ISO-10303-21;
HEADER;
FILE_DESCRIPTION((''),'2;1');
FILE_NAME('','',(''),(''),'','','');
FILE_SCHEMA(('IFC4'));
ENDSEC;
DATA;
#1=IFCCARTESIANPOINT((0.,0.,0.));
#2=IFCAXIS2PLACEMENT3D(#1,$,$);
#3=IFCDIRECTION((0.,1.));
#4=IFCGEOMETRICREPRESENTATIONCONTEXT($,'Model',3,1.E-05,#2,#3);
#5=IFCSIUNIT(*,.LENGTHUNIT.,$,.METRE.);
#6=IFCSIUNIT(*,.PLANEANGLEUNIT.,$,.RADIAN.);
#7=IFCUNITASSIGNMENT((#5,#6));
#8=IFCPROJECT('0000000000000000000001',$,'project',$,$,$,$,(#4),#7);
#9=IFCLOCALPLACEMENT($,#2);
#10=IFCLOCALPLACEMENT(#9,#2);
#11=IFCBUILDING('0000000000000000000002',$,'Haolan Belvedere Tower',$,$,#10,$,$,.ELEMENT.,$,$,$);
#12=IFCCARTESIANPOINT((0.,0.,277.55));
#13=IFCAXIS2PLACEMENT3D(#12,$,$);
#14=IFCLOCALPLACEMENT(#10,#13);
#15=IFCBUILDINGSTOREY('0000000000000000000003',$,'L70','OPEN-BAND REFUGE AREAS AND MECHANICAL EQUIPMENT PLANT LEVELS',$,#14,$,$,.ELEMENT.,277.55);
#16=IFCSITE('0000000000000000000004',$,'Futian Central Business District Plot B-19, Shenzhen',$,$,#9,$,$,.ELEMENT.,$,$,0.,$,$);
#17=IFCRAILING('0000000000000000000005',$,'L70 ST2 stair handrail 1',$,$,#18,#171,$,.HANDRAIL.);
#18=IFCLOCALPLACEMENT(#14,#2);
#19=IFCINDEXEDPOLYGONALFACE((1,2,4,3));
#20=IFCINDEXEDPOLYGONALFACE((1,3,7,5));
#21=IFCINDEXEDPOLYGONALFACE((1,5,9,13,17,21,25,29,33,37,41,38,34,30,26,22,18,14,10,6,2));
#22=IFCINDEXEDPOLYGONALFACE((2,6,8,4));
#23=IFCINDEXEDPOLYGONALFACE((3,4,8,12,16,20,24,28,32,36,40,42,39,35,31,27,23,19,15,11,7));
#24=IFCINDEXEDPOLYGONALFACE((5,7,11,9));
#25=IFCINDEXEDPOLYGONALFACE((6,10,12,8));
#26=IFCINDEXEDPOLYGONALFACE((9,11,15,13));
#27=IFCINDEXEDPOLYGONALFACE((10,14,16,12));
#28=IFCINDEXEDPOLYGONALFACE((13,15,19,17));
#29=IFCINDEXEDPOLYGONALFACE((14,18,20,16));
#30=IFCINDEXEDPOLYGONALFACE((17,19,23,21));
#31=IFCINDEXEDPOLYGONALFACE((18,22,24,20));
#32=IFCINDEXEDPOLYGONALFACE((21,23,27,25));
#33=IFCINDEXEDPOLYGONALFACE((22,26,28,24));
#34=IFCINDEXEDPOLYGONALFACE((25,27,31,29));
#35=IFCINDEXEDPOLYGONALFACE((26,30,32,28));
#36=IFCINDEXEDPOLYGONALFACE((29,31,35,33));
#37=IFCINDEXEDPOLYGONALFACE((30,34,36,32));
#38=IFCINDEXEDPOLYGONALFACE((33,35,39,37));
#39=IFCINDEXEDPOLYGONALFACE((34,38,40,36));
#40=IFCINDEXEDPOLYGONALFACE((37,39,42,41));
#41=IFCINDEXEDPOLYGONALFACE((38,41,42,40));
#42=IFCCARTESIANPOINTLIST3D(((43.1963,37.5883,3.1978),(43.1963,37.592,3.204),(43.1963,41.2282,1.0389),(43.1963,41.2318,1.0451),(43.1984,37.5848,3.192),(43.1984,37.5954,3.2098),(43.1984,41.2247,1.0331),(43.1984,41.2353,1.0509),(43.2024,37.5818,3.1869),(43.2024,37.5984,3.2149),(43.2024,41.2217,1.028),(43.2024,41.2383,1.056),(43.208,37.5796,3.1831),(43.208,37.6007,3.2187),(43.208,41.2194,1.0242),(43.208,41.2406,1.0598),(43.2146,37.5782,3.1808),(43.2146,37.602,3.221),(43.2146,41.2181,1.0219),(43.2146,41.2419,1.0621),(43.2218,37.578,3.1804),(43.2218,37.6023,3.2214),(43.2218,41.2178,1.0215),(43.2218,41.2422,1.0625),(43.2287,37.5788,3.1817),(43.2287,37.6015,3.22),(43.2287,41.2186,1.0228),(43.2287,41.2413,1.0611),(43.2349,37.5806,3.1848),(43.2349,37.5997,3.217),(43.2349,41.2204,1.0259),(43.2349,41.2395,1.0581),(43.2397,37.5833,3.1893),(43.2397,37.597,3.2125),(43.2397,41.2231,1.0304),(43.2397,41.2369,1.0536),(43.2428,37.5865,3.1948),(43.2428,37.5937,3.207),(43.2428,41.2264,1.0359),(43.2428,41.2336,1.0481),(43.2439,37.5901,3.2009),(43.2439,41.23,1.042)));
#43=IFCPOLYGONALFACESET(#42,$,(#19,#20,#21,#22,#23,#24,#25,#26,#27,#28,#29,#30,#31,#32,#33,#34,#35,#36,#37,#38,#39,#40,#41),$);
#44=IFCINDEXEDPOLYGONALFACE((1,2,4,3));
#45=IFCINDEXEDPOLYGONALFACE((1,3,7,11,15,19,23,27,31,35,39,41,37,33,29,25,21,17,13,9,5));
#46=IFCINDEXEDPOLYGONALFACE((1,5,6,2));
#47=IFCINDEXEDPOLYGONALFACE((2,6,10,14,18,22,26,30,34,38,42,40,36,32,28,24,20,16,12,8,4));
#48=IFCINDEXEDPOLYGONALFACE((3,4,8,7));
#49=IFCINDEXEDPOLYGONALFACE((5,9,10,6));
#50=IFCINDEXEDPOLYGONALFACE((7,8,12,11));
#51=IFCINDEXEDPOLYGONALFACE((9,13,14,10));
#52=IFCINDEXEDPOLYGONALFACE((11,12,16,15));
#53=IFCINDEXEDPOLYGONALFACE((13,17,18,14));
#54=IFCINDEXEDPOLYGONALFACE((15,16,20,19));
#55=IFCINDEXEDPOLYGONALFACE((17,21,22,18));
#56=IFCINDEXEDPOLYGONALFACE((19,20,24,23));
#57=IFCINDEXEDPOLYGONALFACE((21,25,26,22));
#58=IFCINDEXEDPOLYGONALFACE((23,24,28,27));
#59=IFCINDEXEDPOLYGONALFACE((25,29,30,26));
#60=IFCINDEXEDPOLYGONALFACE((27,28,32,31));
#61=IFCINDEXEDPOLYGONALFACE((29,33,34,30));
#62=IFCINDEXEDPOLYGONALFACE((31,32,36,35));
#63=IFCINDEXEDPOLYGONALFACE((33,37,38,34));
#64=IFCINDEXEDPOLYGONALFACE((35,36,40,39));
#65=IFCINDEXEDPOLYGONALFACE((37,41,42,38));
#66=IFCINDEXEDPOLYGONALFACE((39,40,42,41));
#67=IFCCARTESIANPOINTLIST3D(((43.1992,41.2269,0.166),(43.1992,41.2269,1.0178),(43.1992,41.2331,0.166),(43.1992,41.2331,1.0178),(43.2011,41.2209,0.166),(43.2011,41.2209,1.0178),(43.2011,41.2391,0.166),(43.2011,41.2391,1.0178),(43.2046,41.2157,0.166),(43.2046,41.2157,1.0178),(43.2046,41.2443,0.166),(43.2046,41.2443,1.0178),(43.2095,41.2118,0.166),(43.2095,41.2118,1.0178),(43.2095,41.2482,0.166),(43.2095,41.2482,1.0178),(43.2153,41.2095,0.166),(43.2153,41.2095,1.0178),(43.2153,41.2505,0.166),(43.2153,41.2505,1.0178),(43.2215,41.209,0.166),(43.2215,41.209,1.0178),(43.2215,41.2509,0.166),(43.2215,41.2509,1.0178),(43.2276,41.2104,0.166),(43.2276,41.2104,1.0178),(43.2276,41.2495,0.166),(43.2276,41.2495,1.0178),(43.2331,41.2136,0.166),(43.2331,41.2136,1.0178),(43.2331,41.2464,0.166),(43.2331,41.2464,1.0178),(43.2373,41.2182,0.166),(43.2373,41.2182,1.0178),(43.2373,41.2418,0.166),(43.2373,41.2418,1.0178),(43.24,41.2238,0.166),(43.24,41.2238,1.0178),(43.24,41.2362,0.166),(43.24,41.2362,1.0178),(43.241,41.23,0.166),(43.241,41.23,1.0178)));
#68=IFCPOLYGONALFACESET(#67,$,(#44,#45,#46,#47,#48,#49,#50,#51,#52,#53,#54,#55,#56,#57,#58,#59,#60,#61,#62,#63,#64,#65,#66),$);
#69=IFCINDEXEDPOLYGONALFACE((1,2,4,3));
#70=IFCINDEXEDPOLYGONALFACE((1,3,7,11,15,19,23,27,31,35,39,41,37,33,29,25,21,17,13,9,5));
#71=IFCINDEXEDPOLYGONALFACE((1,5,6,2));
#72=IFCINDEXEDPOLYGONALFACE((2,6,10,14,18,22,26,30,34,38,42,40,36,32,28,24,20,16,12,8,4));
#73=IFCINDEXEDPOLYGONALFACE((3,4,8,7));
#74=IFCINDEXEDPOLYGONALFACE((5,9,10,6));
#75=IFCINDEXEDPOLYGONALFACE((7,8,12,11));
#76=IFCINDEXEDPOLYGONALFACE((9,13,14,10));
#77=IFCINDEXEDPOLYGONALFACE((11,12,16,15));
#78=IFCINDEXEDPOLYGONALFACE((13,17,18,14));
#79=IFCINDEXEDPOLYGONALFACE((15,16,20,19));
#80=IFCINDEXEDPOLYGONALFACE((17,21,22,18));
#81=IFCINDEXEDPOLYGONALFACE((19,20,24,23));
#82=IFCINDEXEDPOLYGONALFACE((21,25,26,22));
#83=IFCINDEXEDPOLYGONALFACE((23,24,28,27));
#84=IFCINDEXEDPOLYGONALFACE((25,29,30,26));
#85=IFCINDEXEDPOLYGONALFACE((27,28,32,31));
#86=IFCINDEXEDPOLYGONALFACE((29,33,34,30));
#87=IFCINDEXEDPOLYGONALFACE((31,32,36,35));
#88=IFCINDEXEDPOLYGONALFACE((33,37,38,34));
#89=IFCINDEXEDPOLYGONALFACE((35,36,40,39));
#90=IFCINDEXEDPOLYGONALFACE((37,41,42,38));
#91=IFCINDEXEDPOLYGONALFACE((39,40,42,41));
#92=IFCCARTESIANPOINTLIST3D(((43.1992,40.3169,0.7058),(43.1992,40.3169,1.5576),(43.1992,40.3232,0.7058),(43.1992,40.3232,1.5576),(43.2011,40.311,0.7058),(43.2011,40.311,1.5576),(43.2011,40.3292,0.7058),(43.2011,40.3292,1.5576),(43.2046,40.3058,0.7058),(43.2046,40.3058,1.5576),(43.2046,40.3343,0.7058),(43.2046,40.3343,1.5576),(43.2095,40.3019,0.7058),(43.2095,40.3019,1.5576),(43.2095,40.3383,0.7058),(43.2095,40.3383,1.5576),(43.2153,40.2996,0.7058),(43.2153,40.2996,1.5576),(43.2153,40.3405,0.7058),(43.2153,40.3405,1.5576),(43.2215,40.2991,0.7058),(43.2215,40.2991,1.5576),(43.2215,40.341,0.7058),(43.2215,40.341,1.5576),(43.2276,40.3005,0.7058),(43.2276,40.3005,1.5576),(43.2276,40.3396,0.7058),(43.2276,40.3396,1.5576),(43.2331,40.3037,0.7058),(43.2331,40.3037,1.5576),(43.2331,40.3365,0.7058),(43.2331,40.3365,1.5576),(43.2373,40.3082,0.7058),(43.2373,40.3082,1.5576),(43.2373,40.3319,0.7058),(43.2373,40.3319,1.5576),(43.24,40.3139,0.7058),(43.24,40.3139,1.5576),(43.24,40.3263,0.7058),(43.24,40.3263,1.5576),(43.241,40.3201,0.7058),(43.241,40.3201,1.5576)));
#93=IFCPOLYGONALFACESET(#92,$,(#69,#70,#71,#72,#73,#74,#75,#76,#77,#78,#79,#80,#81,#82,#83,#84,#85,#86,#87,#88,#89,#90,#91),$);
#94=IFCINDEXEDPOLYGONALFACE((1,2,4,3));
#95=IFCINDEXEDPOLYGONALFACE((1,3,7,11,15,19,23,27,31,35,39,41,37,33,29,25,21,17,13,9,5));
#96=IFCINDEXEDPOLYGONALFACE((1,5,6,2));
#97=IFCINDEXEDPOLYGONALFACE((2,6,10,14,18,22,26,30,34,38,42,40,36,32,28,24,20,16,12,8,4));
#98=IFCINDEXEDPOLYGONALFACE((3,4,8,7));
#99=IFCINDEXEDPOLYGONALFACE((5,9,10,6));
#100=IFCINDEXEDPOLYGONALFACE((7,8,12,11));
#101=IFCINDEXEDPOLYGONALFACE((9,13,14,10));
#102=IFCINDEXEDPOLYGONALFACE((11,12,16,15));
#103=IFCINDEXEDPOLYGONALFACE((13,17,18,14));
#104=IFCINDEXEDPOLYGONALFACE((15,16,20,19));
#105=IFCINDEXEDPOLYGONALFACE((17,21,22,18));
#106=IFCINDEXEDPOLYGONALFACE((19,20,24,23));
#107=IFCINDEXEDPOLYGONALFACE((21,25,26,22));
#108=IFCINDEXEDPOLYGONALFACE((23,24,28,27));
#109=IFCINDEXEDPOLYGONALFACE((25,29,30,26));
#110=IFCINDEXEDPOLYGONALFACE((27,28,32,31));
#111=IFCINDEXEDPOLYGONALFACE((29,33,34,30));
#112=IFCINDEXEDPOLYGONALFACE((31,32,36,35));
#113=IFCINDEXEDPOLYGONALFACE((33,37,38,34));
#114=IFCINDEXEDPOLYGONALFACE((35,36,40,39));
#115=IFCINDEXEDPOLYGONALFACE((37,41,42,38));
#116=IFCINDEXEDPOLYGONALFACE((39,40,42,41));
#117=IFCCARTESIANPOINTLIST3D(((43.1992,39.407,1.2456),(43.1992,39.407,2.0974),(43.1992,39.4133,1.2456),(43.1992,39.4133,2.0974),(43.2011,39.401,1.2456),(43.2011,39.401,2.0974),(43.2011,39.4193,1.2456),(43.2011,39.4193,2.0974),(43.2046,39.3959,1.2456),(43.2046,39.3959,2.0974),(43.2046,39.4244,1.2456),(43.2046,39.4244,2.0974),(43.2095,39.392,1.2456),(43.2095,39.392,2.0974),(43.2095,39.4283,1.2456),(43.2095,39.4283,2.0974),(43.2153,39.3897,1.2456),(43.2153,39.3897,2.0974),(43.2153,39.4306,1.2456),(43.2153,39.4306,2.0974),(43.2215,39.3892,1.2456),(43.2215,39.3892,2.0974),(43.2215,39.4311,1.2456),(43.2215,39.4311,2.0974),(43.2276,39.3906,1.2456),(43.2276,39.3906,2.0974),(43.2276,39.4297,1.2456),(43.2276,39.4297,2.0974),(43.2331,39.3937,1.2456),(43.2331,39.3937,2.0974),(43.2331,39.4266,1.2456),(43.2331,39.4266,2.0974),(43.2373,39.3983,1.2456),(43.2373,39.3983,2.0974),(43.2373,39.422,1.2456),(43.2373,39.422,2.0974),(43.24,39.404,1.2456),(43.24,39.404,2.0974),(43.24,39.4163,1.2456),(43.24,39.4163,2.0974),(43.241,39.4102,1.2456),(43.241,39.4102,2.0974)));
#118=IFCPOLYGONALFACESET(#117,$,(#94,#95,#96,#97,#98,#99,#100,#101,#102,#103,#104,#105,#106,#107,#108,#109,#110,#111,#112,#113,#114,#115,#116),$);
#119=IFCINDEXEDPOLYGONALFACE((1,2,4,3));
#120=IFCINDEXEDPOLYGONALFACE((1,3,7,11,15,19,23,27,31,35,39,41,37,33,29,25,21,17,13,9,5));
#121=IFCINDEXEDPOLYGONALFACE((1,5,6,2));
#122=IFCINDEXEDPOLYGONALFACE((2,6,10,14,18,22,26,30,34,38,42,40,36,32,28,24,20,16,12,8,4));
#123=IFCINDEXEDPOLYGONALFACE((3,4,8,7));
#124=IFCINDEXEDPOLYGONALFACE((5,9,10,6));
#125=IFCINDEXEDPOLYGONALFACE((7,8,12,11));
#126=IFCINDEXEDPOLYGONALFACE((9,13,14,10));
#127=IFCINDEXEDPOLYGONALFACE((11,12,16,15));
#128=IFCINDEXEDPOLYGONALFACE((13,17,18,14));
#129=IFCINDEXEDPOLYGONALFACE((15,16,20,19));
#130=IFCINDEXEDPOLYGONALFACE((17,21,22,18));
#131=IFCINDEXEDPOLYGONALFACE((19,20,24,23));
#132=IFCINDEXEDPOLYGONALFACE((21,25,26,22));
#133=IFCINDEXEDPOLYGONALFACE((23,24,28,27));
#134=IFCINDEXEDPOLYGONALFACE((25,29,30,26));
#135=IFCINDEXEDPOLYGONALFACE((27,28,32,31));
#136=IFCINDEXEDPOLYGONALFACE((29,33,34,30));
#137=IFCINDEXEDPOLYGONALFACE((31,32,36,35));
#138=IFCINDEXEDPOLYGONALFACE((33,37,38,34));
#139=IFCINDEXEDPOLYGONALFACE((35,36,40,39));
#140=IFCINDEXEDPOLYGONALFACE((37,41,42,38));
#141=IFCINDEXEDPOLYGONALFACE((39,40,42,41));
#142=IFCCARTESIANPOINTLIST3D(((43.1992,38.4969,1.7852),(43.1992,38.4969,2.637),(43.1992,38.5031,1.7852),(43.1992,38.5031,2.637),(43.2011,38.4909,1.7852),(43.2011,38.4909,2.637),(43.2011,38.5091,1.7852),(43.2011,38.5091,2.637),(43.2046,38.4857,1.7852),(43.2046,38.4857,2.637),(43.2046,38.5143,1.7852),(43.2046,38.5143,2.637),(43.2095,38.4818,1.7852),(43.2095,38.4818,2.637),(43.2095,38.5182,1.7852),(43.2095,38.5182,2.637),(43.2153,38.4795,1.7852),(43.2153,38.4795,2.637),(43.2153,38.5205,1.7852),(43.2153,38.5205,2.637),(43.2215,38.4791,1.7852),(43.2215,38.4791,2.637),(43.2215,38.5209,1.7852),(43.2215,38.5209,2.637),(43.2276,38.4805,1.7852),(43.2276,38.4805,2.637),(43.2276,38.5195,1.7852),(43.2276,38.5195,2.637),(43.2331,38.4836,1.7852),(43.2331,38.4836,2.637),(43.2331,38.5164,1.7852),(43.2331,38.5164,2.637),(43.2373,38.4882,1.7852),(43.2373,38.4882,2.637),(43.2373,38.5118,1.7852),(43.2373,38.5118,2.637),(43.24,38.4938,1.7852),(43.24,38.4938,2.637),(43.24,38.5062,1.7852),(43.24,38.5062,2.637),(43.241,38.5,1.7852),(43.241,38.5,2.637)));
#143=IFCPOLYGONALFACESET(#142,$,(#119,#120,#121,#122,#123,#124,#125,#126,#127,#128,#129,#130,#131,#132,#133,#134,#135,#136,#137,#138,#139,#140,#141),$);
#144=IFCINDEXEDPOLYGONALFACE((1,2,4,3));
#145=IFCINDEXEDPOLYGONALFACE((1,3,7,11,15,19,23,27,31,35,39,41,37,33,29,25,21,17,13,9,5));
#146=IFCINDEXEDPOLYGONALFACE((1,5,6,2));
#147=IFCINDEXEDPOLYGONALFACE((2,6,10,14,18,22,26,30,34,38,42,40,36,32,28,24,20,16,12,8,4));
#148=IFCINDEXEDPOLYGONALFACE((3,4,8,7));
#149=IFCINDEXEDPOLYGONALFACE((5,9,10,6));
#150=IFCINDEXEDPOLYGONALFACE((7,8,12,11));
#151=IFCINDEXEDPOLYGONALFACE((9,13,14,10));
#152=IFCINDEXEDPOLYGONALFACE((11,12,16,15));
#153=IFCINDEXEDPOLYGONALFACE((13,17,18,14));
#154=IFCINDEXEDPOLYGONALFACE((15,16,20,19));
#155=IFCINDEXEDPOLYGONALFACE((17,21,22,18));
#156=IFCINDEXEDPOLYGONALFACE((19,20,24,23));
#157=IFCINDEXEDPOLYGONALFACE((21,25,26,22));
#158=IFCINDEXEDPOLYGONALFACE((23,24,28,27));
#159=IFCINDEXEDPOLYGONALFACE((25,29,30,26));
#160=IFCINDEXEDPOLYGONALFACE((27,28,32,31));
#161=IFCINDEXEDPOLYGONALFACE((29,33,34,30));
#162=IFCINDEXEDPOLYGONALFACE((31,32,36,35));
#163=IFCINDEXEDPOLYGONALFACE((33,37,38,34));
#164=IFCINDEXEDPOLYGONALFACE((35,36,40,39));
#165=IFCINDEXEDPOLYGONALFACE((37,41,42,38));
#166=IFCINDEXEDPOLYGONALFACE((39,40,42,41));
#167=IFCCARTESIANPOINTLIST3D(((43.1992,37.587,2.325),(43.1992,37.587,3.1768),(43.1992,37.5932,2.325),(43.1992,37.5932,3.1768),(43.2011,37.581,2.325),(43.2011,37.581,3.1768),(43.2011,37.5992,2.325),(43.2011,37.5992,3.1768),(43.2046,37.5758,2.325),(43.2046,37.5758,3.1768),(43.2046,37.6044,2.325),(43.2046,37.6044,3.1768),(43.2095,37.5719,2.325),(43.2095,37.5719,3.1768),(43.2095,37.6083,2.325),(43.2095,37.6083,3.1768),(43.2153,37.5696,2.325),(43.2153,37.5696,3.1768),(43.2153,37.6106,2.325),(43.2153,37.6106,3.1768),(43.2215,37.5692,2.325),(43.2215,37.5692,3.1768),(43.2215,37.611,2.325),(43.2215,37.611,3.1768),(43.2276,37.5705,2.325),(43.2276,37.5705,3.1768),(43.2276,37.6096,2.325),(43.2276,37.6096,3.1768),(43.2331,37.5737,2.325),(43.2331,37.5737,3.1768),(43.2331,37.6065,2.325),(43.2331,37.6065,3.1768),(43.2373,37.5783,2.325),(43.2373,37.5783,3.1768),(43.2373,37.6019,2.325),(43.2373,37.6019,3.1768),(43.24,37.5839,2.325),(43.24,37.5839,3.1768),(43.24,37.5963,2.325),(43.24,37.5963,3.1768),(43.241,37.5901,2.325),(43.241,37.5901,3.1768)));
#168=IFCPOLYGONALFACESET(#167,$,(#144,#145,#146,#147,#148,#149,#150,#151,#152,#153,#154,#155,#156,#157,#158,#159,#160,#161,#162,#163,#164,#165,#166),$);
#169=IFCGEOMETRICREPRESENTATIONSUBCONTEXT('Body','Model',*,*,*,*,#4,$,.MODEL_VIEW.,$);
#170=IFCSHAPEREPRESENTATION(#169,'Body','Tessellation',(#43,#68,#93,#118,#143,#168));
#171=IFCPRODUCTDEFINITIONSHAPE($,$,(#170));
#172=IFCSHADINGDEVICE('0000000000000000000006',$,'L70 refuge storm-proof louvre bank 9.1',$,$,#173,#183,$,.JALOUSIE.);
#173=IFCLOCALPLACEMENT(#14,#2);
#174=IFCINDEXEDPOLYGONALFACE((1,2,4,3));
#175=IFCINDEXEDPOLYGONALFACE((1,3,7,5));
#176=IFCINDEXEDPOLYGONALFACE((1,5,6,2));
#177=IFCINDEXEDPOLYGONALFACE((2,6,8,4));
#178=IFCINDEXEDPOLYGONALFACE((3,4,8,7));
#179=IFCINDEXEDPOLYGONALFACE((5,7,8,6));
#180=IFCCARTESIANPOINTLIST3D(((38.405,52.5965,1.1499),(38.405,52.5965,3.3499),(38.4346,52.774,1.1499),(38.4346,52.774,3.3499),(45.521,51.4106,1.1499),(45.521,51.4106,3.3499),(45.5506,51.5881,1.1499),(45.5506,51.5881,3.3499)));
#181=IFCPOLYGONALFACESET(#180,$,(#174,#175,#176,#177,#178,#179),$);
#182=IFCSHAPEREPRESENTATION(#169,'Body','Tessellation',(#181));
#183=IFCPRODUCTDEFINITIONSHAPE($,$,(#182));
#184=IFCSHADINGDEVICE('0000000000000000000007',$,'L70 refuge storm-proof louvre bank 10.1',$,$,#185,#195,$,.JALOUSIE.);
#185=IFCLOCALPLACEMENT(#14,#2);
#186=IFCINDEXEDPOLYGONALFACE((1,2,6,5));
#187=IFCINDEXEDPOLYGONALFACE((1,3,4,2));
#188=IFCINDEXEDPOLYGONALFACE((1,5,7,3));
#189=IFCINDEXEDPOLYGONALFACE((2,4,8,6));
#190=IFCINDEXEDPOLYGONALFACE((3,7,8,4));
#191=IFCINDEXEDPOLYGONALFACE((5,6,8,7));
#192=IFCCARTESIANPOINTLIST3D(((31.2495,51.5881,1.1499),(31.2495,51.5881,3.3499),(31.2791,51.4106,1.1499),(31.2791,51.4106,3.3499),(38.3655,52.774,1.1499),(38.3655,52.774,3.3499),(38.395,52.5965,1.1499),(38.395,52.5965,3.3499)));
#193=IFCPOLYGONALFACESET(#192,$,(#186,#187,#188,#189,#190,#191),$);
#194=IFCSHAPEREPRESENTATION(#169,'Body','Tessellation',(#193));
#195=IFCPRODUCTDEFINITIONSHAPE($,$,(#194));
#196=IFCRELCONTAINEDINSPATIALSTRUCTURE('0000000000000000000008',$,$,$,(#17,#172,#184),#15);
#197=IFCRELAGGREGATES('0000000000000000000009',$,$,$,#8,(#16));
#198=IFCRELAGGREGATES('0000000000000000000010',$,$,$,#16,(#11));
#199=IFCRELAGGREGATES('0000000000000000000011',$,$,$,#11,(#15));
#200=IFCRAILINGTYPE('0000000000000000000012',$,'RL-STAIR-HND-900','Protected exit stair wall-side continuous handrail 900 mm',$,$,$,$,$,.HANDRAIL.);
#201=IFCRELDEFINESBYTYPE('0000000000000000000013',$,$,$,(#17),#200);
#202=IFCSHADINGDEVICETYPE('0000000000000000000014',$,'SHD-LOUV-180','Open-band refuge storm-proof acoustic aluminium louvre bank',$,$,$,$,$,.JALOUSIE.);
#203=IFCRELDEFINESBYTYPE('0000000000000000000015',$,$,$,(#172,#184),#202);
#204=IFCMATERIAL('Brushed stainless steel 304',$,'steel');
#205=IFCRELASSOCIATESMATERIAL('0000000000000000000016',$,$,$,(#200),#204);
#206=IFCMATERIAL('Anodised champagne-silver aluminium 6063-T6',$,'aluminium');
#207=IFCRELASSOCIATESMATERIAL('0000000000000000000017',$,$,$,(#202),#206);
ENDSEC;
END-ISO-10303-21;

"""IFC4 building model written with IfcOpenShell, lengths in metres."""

from ifc_helpers import new_model, si_unit, direction, frame, origin, origin_2d, place, context, subcontext, project, spatial, rectangle, circle, extrude, material, type_object, element, save


model = new_model("IFC4")

# Units and contexts
model_context = context("Model", 3, precision=1e-05, world=origin(), true_north=direction((0.0, 1.0)))
body_context = subcontext(model_context, "Body", "Model", "MODEL_VIEW")
ifc_project = project(units=[si_unit("LENGTHUNIT", "METRE"), si_unit("PLANEANGLEUNIT", "RADIAN")], contexts=[model_context])

# Site, building, storey
site_placement = place(None, origin())
site = spatial("IfcSite", under=ifc_project, at=site_placement, Name="Futian Central Business District Plot B-19, Shenzhen", CompositionType="ELEMENT", RefElevation=0.0)
building_placement = place(site_placement, origin())
building = spatial("IfcBuilding", under=site, at=building_placement, Name="Haolan Belvedere Tower", CompositionType="ELEMENT")
storey_placement = place(building_placement, frame((0.0, 0.0, 277.55)))
storey = spatial("IfcBuildingStorey", under=building, at=storey_placement, Name="L70", Description="OPEN-BAND REFUGE AREAS AND MECHANICAL EQUIPMENT PLANT LEVELS", CompositionType="ELEMENT", Elevation=277.55)

# Railing
ifc_material_1 = material(Name="Brushed stainless steel 304", Category="steel")
railing_type_1 = type_object("IfcRailingType", Name="RL-STAIR-HND-900", Description="Protected exit stair wall-side continuous handrail 900 mm", PredefinedType="HANDRAIL", material=ifc_material_1)
for number, where, name in (
    (1, (43.22, 41.23, 0.166), "L70 ST2 stair handrail 1"),
):
    element("IfcRailing", number, at=place(storey_placement, frame(where)), inside=storey, type_object=railing_type_1, Name=name, PredefinedType="HANDRAIL", context=body_context, shape_type="SweptSolid", body=[
        extrude(circle(Radius=0.0239, at=origin_2d()), frame((0.0, 0.0, 0.876), z_axis=(0.0, -0.860088, 0.510145), x_axis=(1.0, 0.0, 0.0)), (0.0, 0.0, 1.0), 4.2319),
        extrude(circle(Radius=0.021, at=origin_2d()), origin(), (0.0, 0.0, 1.0), 0.8518),
        extrude(circle(Radius=0.021, at=origin_2d()), frame((0.0, -0.9099, 0.5398)), (0.0, 0.0, 1.0), 0.8518),
        extrude(circle(Radius=0.021, at=origin_2d()), frame((0.0, -1.8198, 1.0796)), (0.0, 0.0, 1.0), 0.8518),
        extrude(circle(Radius=0.021, at=origin_2d()), frame((0.0, -2.73, 1.6191)), (0.0, 0.0, 1.0), 0.8518),
        extrude(circle(Radius=0.021, at=origin_2d()), frame((0.0, -3.6399, 2.1589)), (0.0, 0.0, 1.0), 0.8518),
    ])

# Shading devices
ifc_material_2 = material(Name="Anodised champagne-silver aluminium 6063-T6", Category="aluminium")
shading_device_type = type_object("IfcShadingDeviceType", Name="SHD-LOUV-180", Description="Open-band refuge storm-proof acoustic aluminium louvre bank", PredefinedType="JALOUSIE", material=ifc_material_2)
for number, where, z_axis, x_axis, name in (
    (2, (41.9778, 52.0923, 1.1499), (0.0, 0.0, 1.0), (-0.986395, 0.164393, 0.0), "L70 refuge storm-proof louvre bank 9.1"),
    (3, (34.8223, 52.0923, 1.1499), (0.0, 0.0, 1.0), (-0.986395, -0.164393, 0.0), "L70 refuge storm-proof louvre bank 10.1"),
):
    element("IfcShadingDevice", number, at=place(storey_placement, frame(where, z_axis=z_axis, x_axis=x_axis)), inside=storey, type_object=shading_device_type, Name=name, PredefinedType="JALOUSIE", context=body_context, shape_type="SweptSolid", body=[
        extrude(rectangle(XDim=7.2141, YDim=0.1799, at=origin_2d()), origin(), (0.0, 0.0, 1.0), 2.2),
    ])

save(model, "model.ifc")
